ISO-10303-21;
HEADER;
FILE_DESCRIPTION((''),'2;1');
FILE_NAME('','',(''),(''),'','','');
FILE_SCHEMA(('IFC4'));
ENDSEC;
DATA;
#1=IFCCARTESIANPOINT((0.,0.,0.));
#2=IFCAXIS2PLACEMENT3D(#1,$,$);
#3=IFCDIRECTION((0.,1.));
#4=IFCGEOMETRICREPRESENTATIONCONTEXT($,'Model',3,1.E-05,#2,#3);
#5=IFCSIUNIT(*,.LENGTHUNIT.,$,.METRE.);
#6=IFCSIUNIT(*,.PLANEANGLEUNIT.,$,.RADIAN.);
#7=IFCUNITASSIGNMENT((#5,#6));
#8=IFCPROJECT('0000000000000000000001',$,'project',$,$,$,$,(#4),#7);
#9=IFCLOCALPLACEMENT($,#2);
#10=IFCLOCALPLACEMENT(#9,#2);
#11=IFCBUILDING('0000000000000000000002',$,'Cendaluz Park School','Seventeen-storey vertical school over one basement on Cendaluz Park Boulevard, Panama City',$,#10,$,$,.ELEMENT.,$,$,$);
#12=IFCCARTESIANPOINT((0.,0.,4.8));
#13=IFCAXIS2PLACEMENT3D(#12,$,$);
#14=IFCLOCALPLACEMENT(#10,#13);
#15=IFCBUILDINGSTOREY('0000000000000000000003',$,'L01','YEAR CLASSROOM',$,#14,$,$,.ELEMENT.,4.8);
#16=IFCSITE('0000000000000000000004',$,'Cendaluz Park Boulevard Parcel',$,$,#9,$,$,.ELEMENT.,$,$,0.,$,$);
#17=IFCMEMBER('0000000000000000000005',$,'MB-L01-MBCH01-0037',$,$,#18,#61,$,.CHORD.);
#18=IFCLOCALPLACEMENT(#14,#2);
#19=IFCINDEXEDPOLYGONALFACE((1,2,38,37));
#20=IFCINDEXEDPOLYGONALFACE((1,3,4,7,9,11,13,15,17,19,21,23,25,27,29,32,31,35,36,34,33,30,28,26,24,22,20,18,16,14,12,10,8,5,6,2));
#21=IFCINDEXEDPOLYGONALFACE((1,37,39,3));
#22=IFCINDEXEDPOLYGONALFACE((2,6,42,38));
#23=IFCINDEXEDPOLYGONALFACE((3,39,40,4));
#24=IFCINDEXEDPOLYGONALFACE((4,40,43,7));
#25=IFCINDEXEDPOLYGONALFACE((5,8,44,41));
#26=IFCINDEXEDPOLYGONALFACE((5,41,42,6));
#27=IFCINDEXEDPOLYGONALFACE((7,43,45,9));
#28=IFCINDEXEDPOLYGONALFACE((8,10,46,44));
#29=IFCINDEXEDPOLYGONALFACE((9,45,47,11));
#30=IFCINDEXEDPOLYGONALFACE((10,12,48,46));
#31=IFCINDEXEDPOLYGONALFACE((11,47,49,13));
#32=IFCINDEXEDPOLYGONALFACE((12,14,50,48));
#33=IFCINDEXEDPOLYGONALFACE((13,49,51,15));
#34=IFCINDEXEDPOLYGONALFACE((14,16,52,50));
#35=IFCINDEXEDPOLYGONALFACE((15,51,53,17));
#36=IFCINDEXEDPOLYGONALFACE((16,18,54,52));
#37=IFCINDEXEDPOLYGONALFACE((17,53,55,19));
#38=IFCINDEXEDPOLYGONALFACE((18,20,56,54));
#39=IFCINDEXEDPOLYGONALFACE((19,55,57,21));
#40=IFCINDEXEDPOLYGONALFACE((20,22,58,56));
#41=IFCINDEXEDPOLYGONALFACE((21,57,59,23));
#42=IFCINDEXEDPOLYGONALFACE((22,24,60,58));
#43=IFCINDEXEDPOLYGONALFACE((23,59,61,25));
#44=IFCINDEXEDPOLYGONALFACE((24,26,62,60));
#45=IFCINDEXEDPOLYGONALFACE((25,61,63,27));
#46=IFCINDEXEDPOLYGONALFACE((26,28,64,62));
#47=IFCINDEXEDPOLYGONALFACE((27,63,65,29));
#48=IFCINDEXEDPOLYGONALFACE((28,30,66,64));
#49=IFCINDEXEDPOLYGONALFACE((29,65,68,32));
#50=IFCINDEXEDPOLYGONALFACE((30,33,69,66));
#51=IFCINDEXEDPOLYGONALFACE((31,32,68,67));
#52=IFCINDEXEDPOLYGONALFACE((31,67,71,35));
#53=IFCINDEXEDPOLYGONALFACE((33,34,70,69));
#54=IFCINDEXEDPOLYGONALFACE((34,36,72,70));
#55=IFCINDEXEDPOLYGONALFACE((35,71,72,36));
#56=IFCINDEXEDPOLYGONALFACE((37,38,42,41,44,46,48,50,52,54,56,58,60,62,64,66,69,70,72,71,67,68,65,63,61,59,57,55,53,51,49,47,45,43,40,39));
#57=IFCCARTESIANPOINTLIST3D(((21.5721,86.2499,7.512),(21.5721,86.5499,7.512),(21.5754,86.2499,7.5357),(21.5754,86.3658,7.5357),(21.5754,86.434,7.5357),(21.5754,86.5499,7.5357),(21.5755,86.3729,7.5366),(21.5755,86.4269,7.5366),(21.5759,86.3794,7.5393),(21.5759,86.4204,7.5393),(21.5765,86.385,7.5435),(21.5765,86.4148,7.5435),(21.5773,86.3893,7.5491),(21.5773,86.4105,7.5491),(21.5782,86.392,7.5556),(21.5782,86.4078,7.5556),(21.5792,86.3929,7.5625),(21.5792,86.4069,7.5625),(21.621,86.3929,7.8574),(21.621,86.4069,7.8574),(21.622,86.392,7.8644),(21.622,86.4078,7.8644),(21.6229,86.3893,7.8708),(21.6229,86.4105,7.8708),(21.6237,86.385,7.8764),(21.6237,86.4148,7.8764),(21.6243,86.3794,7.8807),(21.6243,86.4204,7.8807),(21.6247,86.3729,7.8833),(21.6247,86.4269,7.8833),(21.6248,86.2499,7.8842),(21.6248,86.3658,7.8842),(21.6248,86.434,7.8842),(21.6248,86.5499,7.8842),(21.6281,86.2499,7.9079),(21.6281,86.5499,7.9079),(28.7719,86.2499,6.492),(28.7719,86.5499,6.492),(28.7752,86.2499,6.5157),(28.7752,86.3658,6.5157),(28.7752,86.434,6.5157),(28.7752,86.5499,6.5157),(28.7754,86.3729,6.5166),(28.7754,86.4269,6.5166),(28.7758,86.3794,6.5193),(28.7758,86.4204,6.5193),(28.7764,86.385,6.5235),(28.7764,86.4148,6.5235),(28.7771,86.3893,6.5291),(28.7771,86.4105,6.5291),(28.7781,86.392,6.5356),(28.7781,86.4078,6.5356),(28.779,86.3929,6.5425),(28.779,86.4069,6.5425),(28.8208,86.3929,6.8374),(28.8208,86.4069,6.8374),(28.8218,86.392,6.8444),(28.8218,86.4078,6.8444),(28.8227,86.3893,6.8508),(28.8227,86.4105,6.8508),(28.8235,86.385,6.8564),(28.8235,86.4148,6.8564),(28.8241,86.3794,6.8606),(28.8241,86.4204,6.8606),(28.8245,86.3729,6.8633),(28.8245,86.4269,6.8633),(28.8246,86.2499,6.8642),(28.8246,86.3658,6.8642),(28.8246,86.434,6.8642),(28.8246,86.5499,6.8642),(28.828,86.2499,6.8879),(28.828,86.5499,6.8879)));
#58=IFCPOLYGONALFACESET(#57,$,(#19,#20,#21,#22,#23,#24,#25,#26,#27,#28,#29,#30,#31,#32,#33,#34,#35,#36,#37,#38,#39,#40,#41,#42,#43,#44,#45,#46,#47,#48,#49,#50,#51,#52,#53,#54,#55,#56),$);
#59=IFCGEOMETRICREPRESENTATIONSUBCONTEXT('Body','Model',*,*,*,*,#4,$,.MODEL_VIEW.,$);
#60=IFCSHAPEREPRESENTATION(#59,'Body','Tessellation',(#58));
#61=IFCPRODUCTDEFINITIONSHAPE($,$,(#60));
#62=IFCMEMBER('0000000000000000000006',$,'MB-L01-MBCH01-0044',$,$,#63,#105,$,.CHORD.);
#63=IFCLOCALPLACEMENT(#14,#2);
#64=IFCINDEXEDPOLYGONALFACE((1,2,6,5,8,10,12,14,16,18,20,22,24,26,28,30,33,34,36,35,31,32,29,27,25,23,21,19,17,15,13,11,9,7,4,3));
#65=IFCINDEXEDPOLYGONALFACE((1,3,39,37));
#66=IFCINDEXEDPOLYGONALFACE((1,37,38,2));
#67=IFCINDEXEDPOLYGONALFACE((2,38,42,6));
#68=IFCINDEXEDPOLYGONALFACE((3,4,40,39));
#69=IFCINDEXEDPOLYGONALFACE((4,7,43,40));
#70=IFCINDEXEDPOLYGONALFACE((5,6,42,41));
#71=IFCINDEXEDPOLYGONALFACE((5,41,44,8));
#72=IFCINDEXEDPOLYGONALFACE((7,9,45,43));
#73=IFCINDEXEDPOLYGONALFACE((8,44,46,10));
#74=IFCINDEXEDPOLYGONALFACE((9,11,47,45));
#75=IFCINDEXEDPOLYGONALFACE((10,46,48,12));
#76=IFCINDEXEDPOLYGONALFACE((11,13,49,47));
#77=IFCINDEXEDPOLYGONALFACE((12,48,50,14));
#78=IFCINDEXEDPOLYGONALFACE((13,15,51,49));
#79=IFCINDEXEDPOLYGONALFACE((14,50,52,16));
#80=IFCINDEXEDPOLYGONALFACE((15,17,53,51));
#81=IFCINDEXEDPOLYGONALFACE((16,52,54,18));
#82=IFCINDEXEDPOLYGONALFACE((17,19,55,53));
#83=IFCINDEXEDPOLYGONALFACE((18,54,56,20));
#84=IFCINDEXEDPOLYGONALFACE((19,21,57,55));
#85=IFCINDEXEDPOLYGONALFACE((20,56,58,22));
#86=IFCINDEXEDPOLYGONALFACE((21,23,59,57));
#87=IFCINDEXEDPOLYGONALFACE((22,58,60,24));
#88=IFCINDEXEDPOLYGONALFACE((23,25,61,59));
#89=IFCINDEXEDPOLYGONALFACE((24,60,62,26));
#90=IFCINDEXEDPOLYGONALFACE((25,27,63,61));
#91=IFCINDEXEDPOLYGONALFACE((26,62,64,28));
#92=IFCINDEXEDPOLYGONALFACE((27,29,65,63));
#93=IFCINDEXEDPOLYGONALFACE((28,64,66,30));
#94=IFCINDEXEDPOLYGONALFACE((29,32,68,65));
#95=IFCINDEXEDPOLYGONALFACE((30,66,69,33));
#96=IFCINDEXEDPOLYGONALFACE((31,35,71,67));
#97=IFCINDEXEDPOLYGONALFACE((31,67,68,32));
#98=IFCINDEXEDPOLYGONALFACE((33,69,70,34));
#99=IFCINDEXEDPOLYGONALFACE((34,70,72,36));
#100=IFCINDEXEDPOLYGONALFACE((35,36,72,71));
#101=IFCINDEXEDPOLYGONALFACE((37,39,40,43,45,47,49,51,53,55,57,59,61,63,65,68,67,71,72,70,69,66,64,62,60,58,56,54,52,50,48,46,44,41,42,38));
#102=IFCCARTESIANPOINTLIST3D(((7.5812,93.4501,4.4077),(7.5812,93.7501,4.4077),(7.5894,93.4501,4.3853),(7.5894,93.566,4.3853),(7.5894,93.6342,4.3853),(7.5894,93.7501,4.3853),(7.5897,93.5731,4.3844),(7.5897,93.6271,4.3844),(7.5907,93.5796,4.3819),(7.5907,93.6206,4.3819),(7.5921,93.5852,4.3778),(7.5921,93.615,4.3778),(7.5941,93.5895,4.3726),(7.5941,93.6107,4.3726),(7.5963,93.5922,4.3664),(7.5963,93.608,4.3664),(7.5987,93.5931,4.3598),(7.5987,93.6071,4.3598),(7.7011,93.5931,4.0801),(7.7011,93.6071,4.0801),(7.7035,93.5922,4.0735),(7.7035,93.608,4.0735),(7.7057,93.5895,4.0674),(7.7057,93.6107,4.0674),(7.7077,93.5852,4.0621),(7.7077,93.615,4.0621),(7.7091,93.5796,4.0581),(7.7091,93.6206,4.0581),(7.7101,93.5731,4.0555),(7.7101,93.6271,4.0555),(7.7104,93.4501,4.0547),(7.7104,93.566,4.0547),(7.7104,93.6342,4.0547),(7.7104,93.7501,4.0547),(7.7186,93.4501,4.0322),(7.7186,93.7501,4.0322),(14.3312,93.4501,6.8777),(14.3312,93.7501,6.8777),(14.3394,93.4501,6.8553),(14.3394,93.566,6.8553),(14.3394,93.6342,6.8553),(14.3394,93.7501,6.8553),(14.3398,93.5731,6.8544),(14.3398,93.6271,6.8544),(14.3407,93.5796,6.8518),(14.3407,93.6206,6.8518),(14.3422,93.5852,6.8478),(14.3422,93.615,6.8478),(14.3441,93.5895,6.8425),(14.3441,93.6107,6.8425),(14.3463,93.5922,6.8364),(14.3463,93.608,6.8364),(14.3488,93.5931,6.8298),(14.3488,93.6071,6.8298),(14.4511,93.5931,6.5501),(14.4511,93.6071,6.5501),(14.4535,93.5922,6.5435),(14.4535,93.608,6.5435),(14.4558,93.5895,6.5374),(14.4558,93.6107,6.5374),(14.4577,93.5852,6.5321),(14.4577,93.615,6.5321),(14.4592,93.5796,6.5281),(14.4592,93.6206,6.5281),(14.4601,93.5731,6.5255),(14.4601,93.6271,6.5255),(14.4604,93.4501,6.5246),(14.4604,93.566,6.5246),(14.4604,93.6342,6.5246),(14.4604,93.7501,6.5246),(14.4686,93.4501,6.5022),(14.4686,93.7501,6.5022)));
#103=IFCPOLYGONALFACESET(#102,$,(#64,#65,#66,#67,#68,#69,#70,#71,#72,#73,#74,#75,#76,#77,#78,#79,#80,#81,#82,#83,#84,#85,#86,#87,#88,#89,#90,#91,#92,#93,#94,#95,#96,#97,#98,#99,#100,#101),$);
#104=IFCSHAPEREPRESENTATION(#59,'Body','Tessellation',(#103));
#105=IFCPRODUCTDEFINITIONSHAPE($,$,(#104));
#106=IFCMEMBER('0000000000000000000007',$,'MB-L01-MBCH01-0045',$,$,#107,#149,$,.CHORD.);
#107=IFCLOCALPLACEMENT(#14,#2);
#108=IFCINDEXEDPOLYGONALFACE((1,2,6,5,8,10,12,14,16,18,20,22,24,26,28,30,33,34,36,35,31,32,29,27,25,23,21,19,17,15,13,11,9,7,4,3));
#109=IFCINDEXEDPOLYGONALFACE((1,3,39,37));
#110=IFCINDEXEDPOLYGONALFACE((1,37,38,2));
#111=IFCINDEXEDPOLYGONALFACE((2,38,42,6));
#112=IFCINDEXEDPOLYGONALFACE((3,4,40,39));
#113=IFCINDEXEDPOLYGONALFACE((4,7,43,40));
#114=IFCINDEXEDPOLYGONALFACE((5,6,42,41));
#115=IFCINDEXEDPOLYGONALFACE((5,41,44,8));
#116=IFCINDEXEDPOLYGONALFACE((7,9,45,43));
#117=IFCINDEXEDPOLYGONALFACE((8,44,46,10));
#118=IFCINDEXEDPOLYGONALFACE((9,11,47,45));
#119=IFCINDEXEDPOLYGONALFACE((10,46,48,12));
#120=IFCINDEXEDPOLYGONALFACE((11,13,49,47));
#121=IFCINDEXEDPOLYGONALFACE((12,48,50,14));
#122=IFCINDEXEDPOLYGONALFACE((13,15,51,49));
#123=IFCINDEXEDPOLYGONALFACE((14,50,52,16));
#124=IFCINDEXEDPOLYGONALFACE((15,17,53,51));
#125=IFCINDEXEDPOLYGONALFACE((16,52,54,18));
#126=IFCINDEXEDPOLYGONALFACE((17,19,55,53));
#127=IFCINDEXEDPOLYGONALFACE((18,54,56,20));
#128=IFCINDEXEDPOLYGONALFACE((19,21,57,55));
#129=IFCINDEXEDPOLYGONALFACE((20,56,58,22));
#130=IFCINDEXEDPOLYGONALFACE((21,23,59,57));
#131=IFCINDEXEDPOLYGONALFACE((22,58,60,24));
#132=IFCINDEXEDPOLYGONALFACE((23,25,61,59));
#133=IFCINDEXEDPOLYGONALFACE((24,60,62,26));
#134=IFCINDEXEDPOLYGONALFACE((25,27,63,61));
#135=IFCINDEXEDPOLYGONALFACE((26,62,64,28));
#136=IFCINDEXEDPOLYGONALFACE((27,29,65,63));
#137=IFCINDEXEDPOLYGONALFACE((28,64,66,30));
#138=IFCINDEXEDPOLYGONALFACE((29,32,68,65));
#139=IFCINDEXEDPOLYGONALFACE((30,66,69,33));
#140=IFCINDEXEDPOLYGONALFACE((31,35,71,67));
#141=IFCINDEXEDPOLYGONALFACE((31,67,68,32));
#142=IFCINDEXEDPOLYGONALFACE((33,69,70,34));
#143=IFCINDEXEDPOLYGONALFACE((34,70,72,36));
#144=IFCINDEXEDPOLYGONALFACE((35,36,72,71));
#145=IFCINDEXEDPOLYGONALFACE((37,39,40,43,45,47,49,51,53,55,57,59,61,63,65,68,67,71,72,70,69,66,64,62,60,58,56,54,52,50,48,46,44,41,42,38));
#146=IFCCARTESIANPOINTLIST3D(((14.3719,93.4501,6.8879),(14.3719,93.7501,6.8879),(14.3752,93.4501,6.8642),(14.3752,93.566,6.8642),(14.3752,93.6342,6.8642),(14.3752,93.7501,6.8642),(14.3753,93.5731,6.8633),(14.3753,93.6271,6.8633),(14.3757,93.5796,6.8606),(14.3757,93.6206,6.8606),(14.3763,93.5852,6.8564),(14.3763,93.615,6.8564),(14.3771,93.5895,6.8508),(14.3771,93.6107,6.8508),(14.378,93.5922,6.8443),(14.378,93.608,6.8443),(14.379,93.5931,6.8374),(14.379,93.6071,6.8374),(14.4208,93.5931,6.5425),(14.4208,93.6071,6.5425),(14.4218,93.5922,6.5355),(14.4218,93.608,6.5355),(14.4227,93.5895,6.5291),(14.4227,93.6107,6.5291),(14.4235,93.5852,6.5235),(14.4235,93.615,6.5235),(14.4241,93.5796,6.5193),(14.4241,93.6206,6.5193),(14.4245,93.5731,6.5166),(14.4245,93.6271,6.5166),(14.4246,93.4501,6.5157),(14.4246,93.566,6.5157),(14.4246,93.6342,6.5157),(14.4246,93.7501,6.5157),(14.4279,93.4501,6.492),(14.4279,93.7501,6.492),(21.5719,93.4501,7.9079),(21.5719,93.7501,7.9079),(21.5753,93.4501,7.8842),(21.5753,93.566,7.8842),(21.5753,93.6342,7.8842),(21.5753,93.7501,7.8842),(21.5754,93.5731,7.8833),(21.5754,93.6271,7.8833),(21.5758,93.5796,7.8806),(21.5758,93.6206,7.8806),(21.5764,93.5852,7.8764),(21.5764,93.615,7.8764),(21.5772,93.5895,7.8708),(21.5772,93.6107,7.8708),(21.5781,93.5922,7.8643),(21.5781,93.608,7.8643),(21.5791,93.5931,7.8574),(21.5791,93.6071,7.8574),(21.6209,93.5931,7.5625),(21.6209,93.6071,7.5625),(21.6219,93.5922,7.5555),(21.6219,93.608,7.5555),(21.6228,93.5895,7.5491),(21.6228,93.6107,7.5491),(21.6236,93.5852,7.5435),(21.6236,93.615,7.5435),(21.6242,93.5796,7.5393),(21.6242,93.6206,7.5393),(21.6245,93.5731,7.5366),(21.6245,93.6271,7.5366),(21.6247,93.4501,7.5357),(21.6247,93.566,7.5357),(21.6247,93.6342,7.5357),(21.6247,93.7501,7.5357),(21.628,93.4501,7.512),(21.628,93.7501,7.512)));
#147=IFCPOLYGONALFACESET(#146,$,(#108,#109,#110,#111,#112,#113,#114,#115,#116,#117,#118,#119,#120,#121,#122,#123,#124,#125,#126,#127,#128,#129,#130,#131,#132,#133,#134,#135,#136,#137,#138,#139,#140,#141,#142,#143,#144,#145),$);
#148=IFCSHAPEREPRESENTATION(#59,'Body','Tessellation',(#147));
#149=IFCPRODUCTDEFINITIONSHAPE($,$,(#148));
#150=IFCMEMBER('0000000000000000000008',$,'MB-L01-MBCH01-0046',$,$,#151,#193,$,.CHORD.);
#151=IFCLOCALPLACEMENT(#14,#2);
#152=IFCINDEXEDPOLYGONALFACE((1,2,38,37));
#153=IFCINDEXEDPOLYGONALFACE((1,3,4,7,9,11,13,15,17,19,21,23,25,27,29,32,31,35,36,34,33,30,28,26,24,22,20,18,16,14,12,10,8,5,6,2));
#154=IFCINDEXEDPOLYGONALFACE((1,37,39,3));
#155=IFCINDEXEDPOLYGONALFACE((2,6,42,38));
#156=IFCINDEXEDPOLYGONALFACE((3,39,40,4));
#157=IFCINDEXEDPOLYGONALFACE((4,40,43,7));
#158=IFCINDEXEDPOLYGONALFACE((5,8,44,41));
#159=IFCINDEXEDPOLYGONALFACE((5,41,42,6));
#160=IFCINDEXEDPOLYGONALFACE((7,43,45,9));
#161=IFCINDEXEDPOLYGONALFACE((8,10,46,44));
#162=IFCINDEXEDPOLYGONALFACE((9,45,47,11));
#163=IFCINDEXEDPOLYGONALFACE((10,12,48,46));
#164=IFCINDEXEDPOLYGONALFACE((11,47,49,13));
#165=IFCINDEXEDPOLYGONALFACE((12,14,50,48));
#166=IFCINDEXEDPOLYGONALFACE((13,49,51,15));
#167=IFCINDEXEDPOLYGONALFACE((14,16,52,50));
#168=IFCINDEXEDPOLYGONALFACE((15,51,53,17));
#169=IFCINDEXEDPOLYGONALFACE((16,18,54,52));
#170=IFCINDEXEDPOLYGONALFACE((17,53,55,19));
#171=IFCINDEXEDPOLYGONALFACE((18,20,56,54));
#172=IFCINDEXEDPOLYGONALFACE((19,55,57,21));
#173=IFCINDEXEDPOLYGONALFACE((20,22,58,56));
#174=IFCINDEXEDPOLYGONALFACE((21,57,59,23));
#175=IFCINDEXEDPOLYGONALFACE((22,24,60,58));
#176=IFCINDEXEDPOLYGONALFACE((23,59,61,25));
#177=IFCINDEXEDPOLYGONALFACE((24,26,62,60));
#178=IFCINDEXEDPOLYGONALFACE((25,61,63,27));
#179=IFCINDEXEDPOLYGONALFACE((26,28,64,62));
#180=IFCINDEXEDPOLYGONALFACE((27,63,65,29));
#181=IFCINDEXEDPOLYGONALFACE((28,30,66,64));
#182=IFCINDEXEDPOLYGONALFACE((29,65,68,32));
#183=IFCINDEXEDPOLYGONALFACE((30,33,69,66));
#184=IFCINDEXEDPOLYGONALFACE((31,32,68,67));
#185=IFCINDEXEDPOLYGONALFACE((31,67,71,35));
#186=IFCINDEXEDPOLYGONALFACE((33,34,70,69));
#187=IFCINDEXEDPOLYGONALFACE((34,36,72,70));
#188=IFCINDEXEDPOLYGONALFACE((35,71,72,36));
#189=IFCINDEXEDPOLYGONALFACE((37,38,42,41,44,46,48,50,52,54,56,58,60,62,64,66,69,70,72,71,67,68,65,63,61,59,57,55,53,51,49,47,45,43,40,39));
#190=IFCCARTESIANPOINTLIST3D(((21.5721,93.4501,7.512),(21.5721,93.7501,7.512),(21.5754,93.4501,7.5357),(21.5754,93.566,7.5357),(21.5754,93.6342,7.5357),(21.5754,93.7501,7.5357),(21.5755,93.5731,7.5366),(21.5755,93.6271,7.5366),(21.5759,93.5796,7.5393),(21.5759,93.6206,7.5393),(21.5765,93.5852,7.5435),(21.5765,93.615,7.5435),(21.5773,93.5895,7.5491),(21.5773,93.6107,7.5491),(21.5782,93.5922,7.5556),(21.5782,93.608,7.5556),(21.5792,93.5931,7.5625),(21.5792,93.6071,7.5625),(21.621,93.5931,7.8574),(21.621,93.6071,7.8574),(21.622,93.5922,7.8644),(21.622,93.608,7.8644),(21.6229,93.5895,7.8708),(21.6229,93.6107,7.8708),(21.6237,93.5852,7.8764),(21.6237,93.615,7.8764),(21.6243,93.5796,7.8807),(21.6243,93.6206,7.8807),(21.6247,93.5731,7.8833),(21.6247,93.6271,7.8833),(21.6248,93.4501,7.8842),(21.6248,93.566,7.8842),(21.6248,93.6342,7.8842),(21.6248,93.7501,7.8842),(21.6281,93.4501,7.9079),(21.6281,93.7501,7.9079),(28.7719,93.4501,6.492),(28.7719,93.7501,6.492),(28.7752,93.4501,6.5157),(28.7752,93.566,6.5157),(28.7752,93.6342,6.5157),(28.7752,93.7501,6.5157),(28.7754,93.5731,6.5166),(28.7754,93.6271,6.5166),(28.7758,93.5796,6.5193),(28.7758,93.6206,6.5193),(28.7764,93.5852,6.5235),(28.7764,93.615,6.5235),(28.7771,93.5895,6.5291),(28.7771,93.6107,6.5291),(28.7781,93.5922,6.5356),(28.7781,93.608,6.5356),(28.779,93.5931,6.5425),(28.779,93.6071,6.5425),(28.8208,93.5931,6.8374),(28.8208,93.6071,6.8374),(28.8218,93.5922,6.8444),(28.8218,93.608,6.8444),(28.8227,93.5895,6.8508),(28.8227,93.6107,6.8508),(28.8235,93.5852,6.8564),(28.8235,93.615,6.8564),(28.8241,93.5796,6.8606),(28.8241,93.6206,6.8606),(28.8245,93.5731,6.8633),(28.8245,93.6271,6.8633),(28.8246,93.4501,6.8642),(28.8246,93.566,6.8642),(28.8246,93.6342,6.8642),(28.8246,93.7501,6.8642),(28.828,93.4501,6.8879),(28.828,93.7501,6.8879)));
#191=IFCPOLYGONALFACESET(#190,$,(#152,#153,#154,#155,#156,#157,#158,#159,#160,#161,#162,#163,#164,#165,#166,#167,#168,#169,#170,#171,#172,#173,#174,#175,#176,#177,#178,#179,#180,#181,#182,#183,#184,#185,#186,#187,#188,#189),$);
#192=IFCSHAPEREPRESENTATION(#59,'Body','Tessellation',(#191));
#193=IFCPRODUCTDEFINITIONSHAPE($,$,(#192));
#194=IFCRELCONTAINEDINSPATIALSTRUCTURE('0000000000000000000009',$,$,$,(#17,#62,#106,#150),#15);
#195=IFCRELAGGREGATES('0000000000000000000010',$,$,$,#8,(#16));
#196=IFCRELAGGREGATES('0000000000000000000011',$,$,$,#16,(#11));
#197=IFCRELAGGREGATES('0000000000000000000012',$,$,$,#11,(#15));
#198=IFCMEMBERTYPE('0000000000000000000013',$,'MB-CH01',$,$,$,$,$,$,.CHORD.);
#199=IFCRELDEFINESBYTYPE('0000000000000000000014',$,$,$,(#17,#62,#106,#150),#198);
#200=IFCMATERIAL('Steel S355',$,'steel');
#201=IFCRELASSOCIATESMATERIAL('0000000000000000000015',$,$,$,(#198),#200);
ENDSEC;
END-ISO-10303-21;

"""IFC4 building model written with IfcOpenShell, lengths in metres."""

from ifc_helpers import new_model, si_unit, direction, frame, origin, origin_2d, place, context, subcontext, project, spatial, i_section, extrude, material, material_profile, profile_set, type_object, element, save


model = new_model("IFC4")

# Units and contexts
model_context = context("Model", 3, precision=1e-05, world=origin(), true_north=direction((0.0, 1.0)))
body_context = subcontext(model_context, "Body", "Model", "MODEL_VIEW")
ifc_project = project(units=[si_unit("LENGTHUNIT", "METRE"), si_unit("PLANEANGLEUNIT", "RADIAN")], contexts=[model_context])

# Site, building, storey
site_placement = place(None, origin())
site = spatial("IfcSite", under=ifc_project, at=site_placement, Name="Cendaluz Park Boulevard Parcel", CompositionType="ELEMENT", RefElevation=0.0)
building_placement = place(site_placement, origin())
building = spatial("IfcBuilding", under=site, at=building_placement, Name="Cendaluz Park School", Description="Seventeen-storey vertical school over one basement on Cendaluz Park Boulevard, Panama City", CompositionType="ELEMENT")
storey_placement = place(building_placement, frame((0.0, 0.0, 4.8)))
storey = spatial("IfcBuildingStorey", under=building, at=storey_placement, Name="L01", Description="YEAR CLASSROOM", CompositionType="ELEMENT", Elevation=4.8)

# Shared definitions
ifc_material = material(Name="Steel S355", Category="steel")

# Members
ifc_material_profile_1 = material_profile(ifc_material, i_section(OverallWidth=0.3, OverallDepth=0.3999, WebThickness=0.0139, FlangeThickness=0.0239, FilletRadius=0.0271, at=origin_2d()), Name="HEB 400", Category="steel")
ifc_profile_set_1 = profile_set([ifc_material_profile_1], Name="Steel S355")
member_type_1 = type_object("IfcMemberType", Name="MB-CH01", PredefinedType="CHORD", material=ifc_profile_set_1)
member_1_placement = place(storey_placement, frame((21.6001, 86.3999, 7.71), z_axis=(0.990113, 0.0, -0.14027), x_axis=(0.0, 1.0, 0.0)))
element("IfcMember", 1, at=member_1_placement, inside=storey, type_object=member_type_1, Name="MB-L01-MBCH01-0037", PredefinedType="CHORD", context=body_context, shape_type="SweptSolid", body=[
    extrude(i_section(OverallWidth=0.3, OverallDepth=0.3999, WebThickness=0.0139, FlangeThickness=0.0239, FilletRadius=0.0271, at=origin_2d()), origin(), (0.0, 0.0, 1.0), 7.2717),
])
member_2_placement = place(storey_placement, frame((7.6499, 93.6001, 4.22), z_axis=(0.939102, 0.0, 0.343638), x_axis=(0.0, 1.0, 0.0)))
element("IfcMember", 2, at=member_2_placement, inside=storey, type_object=member_type_1, Name="MB-L01-MBCH01-0044", PredefinedType="CHORD", context=body_context, shape_type="SweptSolid", body=[
    extrude(i_section(OverallWidth=0.3, OverallDepth=0.3999, WebThickness=0.0139, FlangeThickness=0.0239, FilletRadius=0.0271, at=origin_2d()), origin(), (0.0, 0.0, 1.0), 7.1877),
])
member_3_placement = place(storey_placement, frame((14.3999, 93.6001, 6.6899), z_axis=(0.990114, 0.0, 0.140265), x_axis=(0.0, 1.0, 0.0)))
element("IfcMember", 3, at=member_3_placement, inside=storey, type_object=member_type_1, Name="MB-L01-MBCH01-0045", PredefinedType="CHORD", context=body_context, shape_type="SweptSolid", body=[
    extrude(i_section(OverallWidth=0.3, OverallDepth=0.3999, WebThickness=0.0139, FlangeThickness=0.0239, FilletRadius=0.0271, at=origin_2d()), origin(), (0.0, 0.0, 1.0), 7.272),
])
member_4_placement = place(storey_placement, frame((21.6001, 93.6001, 7.71), z_axis=(0.990113, 0.0, -0.14027), x_axis=(0.0, 1.0, 0.0)))
element("IfcMember", 4, at=member_4_placement, inside=storey, type_object=member_type_1, Name="MB-L01-MBCH01-0046", PredefinedType="CHORD", context=body_context, shape_type="SweptSolid", body=[
    extrude(i_section(OverallWidth=0.3, OverallDepth=0.3999, WebThickness=0.0139, FlangeThickness=0.0239, FilletRadius=0.0271, at=origin_2d()), origin(), (0.0, 0.0, 1.0), 7.2717),
])

save(model, "model.ifc")
